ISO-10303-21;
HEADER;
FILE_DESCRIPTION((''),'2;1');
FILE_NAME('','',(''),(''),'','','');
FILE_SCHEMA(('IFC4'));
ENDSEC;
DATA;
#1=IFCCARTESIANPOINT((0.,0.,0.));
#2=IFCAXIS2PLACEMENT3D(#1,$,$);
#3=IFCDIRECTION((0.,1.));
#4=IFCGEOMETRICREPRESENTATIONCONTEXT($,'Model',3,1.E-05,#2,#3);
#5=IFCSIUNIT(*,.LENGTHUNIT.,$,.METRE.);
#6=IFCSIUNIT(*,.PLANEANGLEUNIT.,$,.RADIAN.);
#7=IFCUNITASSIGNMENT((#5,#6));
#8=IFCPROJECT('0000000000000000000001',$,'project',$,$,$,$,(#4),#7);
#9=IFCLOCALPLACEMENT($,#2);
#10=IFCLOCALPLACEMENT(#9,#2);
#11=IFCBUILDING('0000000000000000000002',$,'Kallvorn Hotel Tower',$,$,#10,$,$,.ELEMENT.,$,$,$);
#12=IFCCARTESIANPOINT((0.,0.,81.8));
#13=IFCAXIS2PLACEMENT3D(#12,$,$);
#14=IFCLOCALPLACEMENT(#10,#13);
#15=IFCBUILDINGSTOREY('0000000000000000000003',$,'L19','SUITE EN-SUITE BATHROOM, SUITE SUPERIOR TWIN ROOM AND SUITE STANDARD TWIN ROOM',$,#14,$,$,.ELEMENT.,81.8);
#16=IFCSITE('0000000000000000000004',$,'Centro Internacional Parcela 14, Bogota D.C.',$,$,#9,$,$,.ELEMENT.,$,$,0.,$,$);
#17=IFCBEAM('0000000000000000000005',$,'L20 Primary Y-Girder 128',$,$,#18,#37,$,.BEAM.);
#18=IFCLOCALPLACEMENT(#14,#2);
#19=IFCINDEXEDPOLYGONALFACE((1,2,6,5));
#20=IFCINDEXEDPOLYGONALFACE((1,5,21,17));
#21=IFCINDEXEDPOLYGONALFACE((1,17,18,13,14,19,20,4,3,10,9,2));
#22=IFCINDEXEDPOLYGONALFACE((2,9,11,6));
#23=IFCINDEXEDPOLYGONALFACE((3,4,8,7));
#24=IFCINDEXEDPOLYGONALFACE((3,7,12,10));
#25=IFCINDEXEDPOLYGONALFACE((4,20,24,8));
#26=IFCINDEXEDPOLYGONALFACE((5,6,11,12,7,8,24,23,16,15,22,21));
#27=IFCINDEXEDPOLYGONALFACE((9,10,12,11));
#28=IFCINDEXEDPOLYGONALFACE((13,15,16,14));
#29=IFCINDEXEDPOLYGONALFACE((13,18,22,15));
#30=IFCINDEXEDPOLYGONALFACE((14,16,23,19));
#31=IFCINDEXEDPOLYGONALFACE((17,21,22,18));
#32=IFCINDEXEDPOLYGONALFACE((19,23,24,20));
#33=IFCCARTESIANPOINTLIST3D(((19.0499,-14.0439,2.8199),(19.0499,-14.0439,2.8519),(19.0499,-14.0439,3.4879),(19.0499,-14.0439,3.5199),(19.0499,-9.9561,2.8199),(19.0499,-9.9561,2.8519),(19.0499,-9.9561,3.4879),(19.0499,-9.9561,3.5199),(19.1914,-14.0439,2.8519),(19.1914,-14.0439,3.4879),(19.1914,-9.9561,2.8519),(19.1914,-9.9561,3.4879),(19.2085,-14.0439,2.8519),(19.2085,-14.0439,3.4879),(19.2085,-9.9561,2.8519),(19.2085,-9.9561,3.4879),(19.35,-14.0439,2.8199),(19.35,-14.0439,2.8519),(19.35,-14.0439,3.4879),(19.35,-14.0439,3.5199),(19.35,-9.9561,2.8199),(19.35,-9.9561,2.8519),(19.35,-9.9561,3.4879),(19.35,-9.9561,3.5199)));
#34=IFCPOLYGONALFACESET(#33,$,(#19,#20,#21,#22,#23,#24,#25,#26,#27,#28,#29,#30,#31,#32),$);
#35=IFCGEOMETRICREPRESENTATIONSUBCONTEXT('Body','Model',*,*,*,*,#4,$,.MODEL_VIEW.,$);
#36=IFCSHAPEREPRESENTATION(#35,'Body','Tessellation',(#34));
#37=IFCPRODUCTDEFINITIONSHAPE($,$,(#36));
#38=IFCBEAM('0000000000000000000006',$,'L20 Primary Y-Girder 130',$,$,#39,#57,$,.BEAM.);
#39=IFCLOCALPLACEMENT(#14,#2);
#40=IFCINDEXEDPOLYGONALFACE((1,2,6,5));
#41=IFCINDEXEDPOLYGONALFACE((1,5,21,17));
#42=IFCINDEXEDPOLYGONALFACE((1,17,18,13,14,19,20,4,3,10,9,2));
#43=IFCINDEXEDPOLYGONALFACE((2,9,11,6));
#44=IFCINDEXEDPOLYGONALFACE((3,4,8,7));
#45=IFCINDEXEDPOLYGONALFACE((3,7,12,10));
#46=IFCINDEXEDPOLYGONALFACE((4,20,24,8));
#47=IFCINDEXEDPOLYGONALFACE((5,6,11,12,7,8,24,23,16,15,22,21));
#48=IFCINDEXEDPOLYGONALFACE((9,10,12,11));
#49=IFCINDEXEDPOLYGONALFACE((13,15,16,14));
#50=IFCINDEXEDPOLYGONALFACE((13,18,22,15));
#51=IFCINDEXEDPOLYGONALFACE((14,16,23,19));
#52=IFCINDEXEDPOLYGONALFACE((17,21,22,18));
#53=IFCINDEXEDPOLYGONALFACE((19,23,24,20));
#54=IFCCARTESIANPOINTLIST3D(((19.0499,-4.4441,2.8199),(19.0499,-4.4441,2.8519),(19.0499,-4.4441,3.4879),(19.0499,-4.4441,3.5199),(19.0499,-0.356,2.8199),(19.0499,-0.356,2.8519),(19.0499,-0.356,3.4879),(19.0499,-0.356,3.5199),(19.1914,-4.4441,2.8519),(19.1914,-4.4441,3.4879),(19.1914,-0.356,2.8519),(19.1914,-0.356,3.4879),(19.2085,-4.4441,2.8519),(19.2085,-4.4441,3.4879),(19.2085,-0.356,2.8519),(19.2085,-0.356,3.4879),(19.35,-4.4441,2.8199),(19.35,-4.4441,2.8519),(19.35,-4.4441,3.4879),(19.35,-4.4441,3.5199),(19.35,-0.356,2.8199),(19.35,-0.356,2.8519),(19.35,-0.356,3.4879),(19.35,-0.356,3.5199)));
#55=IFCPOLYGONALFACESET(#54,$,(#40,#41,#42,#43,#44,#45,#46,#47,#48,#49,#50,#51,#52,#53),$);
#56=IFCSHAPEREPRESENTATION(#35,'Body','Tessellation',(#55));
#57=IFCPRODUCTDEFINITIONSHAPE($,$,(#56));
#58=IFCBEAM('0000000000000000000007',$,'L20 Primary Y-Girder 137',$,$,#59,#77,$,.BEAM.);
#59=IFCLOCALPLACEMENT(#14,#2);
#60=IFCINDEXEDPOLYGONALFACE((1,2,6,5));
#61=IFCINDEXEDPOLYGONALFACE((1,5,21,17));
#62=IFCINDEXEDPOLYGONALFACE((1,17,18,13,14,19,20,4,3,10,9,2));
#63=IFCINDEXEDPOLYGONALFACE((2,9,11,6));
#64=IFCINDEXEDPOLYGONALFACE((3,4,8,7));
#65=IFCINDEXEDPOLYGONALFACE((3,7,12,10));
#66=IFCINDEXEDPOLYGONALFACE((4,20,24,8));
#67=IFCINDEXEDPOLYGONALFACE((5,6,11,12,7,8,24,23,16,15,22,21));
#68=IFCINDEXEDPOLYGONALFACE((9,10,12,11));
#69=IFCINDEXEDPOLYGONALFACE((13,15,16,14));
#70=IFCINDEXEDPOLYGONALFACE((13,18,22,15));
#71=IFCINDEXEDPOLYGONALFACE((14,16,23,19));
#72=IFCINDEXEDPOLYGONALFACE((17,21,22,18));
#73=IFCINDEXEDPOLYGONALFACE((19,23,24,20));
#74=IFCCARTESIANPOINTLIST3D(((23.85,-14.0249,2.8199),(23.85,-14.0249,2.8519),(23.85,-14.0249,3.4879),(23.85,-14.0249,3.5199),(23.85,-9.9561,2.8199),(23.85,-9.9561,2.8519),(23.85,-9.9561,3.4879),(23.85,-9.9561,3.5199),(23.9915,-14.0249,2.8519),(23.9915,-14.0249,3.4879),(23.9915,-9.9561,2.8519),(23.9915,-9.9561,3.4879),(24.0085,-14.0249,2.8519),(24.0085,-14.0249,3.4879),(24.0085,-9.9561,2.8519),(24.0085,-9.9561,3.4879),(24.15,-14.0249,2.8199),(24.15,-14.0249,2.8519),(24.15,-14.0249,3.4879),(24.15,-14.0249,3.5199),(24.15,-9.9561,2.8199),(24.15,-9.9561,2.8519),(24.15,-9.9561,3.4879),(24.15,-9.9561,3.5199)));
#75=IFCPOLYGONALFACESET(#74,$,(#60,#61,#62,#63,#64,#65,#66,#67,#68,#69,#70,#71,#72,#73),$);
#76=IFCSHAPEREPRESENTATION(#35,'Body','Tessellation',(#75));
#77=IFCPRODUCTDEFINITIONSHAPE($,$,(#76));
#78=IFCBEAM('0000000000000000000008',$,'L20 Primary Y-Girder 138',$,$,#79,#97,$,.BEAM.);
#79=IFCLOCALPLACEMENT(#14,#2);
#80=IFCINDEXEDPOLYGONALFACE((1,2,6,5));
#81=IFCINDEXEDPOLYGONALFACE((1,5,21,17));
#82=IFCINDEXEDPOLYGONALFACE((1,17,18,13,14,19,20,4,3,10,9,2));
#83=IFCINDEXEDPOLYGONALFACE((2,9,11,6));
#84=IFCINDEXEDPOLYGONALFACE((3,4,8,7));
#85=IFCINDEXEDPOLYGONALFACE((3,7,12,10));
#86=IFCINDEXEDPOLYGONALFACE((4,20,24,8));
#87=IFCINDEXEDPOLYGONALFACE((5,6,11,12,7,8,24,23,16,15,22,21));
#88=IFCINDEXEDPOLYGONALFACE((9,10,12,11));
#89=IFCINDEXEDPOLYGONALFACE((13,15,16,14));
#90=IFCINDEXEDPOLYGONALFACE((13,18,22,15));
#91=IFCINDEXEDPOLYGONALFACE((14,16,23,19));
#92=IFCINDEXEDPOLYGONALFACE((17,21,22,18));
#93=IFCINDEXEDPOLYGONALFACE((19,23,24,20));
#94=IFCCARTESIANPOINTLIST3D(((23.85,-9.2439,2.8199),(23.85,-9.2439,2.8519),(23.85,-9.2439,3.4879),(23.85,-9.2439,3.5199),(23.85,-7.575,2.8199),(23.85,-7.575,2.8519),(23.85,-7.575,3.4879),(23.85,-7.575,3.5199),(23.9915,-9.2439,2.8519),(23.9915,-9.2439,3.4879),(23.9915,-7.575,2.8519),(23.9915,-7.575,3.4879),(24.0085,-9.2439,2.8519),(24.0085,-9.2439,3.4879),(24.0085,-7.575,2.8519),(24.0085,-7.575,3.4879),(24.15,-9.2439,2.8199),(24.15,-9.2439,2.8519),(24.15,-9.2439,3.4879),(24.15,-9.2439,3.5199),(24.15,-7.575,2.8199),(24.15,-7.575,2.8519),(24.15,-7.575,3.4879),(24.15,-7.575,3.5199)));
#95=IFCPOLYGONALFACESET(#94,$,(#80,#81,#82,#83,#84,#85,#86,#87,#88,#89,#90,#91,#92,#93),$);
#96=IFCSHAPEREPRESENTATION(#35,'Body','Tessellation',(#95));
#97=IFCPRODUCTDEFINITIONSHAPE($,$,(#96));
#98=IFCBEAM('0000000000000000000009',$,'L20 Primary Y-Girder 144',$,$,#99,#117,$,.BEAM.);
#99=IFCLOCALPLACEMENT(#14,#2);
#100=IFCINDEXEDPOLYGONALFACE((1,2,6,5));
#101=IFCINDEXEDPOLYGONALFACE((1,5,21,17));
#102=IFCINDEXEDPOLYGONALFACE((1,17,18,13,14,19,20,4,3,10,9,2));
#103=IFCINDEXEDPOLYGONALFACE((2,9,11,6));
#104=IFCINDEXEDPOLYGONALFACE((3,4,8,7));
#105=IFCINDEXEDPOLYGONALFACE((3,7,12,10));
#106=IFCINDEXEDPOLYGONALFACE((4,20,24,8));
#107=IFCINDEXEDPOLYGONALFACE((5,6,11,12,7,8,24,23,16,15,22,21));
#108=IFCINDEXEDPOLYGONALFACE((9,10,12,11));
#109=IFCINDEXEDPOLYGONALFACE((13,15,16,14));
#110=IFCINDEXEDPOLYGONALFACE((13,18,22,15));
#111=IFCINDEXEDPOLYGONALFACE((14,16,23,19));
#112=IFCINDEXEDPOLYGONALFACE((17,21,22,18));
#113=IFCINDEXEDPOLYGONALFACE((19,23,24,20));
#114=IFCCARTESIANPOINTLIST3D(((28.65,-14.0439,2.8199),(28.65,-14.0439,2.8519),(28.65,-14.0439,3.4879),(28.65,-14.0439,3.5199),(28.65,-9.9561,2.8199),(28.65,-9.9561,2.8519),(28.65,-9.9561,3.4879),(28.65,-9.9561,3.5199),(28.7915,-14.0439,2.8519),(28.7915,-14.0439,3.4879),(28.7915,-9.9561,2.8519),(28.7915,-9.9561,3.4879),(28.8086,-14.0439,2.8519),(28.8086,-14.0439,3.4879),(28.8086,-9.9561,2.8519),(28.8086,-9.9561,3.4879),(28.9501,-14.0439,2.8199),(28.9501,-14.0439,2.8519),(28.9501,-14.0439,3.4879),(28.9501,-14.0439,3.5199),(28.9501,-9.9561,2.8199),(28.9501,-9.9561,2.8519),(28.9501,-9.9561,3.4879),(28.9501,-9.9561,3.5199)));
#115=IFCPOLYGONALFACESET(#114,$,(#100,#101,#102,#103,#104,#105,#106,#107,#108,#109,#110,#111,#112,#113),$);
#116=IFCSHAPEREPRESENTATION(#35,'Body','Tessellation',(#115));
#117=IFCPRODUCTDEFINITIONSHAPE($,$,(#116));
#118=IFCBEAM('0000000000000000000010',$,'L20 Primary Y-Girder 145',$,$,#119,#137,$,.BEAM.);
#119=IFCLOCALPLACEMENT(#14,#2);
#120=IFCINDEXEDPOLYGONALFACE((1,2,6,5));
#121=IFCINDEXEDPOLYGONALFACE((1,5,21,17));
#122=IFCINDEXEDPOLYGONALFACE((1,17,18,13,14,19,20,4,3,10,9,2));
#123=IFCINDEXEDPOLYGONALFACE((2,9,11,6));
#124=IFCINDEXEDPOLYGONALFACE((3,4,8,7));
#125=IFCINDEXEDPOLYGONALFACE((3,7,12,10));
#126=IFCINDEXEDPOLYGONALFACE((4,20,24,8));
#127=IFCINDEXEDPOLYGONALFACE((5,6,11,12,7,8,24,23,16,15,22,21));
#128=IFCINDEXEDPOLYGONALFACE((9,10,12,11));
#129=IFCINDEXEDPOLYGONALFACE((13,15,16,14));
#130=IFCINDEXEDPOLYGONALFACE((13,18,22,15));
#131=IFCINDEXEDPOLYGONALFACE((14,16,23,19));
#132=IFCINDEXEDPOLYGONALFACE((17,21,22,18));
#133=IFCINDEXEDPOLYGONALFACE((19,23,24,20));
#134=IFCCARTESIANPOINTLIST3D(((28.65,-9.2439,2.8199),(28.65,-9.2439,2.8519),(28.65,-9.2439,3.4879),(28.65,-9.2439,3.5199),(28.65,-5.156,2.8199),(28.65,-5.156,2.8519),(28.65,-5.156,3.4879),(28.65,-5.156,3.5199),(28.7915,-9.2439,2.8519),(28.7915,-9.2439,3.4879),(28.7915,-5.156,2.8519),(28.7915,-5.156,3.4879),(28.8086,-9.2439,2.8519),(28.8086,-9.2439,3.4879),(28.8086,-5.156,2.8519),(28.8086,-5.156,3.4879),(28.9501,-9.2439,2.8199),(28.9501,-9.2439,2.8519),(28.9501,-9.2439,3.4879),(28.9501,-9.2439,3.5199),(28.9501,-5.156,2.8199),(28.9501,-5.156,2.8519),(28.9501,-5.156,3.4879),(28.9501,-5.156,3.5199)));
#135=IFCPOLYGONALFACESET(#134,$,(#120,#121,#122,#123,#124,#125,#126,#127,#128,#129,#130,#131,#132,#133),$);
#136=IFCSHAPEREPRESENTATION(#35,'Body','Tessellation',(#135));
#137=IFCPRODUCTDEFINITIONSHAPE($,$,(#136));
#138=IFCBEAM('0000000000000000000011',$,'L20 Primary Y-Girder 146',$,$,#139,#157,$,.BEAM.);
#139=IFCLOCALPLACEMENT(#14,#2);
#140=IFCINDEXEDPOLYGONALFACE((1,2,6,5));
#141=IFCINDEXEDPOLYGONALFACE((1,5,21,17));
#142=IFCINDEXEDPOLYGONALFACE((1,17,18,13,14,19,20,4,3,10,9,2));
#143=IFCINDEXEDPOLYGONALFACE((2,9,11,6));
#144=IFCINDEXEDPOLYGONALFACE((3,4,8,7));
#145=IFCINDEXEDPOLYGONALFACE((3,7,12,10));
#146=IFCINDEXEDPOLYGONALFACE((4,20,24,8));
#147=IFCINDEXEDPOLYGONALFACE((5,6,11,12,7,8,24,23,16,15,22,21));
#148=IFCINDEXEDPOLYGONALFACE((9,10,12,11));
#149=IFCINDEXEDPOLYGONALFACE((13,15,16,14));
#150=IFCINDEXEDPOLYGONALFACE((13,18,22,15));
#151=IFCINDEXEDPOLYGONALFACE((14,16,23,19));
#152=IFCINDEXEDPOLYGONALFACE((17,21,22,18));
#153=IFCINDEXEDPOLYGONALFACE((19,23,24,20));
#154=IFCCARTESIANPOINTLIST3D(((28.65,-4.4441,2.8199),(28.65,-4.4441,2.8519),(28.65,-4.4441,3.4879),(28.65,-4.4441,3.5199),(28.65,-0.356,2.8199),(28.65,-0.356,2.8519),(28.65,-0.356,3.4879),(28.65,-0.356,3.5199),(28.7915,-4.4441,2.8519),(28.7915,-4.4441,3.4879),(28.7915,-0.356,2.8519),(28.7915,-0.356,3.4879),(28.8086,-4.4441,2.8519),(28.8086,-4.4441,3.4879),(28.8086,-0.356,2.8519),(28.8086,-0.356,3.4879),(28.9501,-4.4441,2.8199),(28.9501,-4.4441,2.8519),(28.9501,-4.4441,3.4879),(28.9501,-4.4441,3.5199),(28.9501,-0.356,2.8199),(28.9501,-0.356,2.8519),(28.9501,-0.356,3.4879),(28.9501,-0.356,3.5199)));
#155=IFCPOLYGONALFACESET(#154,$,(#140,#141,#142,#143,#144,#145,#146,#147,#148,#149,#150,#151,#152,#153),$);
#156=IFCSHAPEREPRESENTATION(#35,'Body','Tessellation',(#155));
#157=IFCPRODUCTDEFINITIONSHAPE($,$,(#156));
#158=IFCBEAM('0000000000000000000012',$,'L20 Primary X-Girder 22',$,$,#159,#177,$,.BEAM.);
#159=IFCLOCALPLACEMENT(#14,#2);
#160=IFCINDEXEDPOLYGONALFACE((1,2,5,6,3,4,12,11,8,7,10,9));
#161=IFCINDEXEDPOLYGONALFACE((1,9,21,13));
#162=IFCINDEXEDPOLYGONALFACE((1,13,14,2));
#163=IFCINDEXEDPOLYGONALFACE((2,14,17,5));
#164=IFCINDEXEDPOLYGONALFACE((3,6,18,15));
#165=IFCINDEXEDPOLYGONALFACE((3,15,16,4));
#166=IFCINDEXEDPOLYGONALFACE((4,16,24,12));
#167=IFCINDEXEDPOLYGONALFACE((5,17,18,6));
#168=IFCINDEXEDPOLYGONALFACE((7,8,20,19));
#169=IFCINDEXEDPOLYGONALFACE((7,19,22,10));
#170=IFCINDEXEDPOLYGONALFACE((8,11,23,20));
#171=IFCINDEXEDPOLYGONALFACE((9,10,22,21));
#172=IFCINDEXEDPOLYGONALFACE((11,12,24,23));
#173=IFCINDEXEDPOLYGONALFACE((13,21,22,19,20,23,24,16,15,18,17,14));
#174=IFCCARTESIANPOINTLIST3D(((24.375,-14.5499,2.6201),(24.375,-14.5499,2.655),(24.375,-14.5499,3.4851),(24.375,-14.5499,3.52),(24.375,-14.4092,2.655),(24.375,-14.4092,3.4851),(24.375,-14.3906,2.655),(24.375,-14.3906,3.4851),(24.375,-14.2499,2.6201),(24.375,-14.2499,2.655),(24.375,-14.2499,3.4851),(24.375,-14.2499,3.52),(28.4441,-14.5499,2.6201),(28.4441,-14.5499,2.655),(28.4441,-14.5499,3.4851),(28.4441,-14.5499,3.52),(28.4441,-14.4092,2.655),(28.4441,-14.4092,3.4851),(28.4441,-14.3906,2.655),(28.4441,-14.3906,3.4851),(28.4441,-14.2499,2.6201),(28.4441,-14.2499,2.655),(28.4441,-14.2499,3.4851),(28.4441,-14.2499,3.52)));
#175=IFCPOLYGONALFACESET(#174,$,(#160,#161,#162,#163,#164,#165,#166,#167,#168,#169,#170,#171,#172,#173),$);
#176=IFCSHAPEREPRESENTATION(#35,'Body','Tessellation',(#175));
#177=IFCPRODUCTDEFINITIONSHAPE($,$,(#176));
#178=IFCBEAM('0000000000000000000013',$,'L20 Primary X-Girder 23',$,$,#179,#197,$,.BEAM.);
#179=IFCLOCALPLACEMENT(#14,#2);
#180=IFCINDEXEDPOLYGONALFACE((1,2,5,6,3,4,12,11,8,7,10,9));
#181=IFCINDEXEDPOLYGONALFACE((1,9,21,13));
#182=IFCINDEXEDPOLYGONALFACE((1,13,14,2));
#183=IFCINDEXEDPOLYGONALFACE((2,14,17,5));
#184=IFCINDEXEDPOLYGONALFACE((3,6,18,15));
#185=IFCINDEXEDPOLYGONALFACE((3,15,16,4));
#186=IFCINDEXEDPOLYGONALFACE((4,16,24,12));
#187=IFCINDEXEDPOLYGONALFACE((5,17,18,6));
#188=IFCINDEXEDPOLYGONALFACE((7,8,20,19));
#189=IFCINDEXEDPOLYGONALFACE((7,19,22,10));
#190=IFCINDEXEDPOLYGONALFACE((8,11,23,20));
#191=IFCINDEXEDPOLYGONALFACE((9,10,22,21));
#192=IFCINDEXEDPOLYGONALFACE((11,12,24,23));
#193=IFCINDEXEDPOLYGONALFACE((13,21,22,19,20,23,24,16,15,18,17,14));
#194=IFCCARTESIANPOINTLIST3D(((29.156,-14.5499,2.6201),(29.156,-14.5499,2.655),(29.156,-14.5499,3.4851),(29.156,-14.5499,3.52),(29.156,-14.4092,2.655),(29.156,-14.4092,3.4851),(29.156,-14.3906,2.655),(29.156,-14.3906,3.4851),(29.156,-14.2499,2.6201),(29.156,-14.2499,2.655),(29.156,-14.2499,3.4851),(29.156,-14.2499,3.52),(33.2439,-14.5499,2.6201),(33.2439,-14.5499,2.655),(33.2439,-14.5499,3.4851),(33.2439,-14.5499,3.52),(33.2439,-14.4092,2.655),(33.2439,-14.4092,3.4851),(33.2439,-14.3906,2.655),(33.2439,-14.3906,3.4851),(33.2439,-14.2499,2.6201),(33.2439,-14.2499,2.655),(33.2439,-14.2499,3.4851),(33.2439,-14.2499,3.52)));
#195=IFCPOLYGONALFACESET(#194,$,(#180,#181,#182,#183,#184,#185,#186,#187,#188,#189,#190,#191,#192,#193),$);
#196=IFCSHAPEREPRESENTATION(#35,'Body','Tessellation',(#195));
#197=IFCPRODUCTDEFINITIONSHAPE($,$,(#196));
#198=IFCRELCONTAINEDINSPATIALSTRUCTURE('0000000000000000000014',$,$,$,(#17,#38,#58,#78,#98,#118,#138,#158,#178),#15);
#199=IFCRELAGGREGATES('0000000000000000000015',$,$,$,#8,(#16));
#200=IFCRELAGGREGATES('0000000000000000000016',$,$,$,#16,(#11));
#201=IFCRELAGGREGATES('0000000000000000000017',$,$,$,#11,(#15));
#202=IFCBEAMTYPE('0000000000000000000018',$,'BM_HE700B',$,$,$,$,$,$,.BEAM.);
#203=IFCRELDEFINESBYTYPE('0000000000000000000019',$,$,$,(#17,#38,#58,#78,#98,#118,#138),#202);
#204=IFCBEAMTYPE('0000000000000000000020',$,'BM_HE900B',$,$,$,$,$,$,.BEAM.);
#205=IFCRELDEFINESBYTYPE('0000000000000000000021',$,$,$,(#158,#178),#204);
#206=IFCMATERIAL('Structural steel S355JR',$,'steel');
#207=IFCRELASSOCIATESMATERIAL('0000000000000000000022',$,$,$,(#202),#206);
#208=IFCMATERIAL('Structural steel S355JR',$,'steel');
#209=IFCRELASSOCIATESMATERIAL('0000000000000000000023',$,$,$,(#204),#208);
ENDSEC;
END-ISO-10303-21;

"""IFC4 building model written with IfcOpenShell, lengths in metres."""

from ifc_helpers import new_model, si_unit, direction, frame, origin, origin_2d, place, context, subcontext, project, spatial, i_section, extrude, material, material_profile, profile_set, type_object, element, save


model = new_model("IFC4")

# Units and contexts
model_context = context("Model", 3, precision=1e-05, world=origin(), true_north=direction((0.0, 1.0)))
body_context = subcontext(model_context, "Body", "Model", "MODEL_VIEW")
ifc_project = project(units=[si_unit("LENGTHUNIT", "METRE"), si_unit("PLANEANGLEUNIT", "RADIAN")], contexts=[model_context])

# Site, building, storey
site_placement = place(None, origin())
site = spatial("IfcSite", under=ifc_project, at=site_placement, Name="Centro Internacional Parcela 14, Bogota D.C.", CompositionType="ELEMENT", RefElevation=0.0)
building_placement = place(site_placement, origin())
building = spatial("IfcBuilding", under=site, at=building_placement, Name="Kallvorn Hotel Tower", CompositionType="ELEMENT")
storey_placement = place(building_placement, frame((0.0, 0.0, 81.8)))
storey = spatial("IfcBuildingStorey", under=building, at=storey_placement, Name="L19", Description="SUITE EN-SUITE BATHROOM, SUITE SUPERIOR TWIN ROOM AND SUITE STANDARD TWIN ROOM", CompositionType="ELEMENT", Elevation=81.8)

# Beams
ifc_material_1 = material(Name="Structural steel S355JR", Category="steel")
ifc_material_profile_1 = material_profile(ifc_material_1, i_section(OverallWidth=0.3, OverallDepth=0.7, WebThickness=0.0171, FlangeThickness=0.032, at=origin_2d()), Name="HE 700 B")
ifc_profile_set_1 = profile_set([ifc_material_profile_1], Name="Structural steel S355JR")
beam_type_1 = type_object("IfcBeamType", Name="BM_HE700B", PredefinedType="BEAM", material=ifc_profile_set_1)
beam_1_placement = place(storey_placement, frame((19.2, -14.0439, 3.1699), z_axis=(0.0, 1.0, 0.0), x_axis=(-1.0, 0.0, 0.0)))
element("IfcBeam", 1, at=beam_1_placement, inside=storey, type_object=beam_type_1, Name="L20 Primary Y-Girder 128", PredefinedType="BEAM", context=body_context, shape_type="SweptSolid", body=[
    extrude(i_section(OverallWidth=0.3, OverallDepth=0.7, WebThickness=0.0171, FlangeThickness=0.032, at=origin_2d()), origin(), (0.0, 0.0, 1.0), 4.0879),
])
beam_2_placement = place(storey_placement, frame((19.2, -4.4441, 3.1699), z_axis=(0.0, 1.0, 0.0), x_axis=(-1.0, 0.0, 0.0)))
element("IfcBeam", 2, at=beam_2_placement, inside=storey, type_object=beam_type_1, Name="L20 Primary Y-Girder 130", PredefinedType="BEAM", context=body_context, shape_type="SweptSolid", body=[
    extrude(i_section(OverallWidth=0.3, OverallDepth=0.7, WebThickness=0.0171, FlangeThickness=0.032, at=origin_2d()), origin(), (0.0, 0.0, 1.0), 4.0881),
])
beam_3_placement = place(storey_placement, frame((24.0, -14.0249, 3.1699), z_axis=(0.0, 1.0, 0.0), x_axis=(-1.0, 0.0, 0.0)))
element("IfcBeam", 3, at=beam_3_placement, inside=storey, type_object=beam_type_1, Name="L20 Primary Y-Girder 137", PredefinedType="BEAM", context=body_context, shape_type="SweptSolid", body=[
    extrude(i_section(OverallWidth=0.3, OverallDepth=0.7, WebThickness=0.0171, FlangeThickness=0.032, at=origin_2d()), origin(), (0.0, 0.0, 1.0), 4.0688),
])
beam_4_placement = place(storey_placement, frame((24.0, -9.2439, 3.1699), z_axis=(0.0, 1.0, 0.0), x_axis=(-1.0, 0.0, 0.0)))
element("IfcBeam", 4, at=beam_4_placement, inside=storey, type_object=beam_type_1, Name="L20 Primary Y-Girder 138", PredefinedType="BEAM", context=body_context, shape_type="SweptSolid", body=[
    extrude(i_section(OverallWidth=0.3, OverallDepth=0.7, WebThickness=0.0171, FlangeThickness=0.032, at=origin_2d()), origin(), (0.0, 0.0, 1.0), 1.6689),
])
for number, where, z_axis, x_axis, name in (
    (5, (28.8, -14.0439, 3.1699), (0.0, 1.0, 0.0), (-1.0, 0.0, 0.0), "L20 Primary Y-Girder 144"),
    (6, (28.8, -9.2439, 3.1699), (0.0, 1.0, 0.0), (-1.0, 0.0, 0.0), "L20 Primary Y-Girder 145"),
):
    element("IfcBeam", number, at=place(storey_placement, frame(where, z_axis=z_axis, x_axis=x_axis)), inside=storey, type_object=beam_type_1, Name=name, PredefinedType="BEAM", context=body_context, shape_type="SweptSolid", body=[
        extrude(i_section(OverallWidth=0.3, OverallDepth=0.7, WebThickness=0.0171, FlangeThickness=0.032, at=origin_2d()), origin(), (0.0, 0.0, 1.0), 4.0879),
    ])
beam_5_placement = place(storey_placement, frame((28.8, -4.4441, 3.1699), z_axis=(0.0, 1.0, 0.0), x_axis=(-1.0, 0.0, 0.0)))
element("IfcBeam", 7, at=beam_5_placement, inside=storey, type_object=beam_type_1, Name="L20 Primary Y-Girder 146", PredefinedType="BEAM", context=body_context, shape_type="SweptSolid", body=[
    extrude(i_section(OverallWidth=0.3, OverallDepth=0.7, WebThickness=0.0171, FlangeThickness=0.032, at=origin_2d()), origin(), (0.0, 0.0, 1.0), 4.0881),
])
ifc_material_2 = material(Name="Structural steel S355JR", Category="steel")
ifc_material_profile_2 = material_profile(ifc_material_2, i_section(OverallWidth=0.3, OverallDepth=0.8999, WebThickness=0.0186, FlangeThickness=0.0349, at=origin_2d()), Name="HE 900 B")
ifc_profile_set_2 = profile_set([ifc_material_profile_2], Name="Structural steel S355JR")
beam_type_2 = type_object("IfcBeamType", Name="BM_HE900B", PredefinedType="BEAM", material=ifc_profile_set_2)
beam_6_placement = place(storey_placement, frame((24.375, -14.3999, 3.0701), z_axis=(1.0, 0.0, 0.0), x_axis=(0.0, 1.0, 0.0)))
element("IfcBeam", 8, at=beam_6_placement, inside=storey, type_object=beam_type_2, Name="L20 Primary X-Girder 22", PredefinedType="BEAM", context=body_context, shape_type="SweptSolid", body=[
    extrude(i_section(OverallWidth=0.3, OverallDepth=0.8999, WebThickness=0.0186, FlangeThickness=0.0349, at=origin_2d()), origin(), (0.0, 0.0, 1.0), 4.0691),
])
beam_7_placement = place(storey_placement, frame((29.156, -14.3999, 3.0701), z_axis=(1.0, 0.0, 0.0), x_axis=(0.0, 1.0, 0.0)))
element("IfcBeam", 9, at=beam_7_placement, inside=storey, type_object=beam_type_2, Name="L20 Primary X-Girder 23", PredefinedType="BEAM", context=body_context, shape_type="SweptSolid", body=[
    extrude(i_section(OverallWidth=0.3, OverallDepth=0.8999, WebThickness=0.0186, FlangeThickness=0.0349, at=origin_2d()), origin(), (0.0, 0.0, 1.0), 4.0879),
])

save(model, "model.ifc")
